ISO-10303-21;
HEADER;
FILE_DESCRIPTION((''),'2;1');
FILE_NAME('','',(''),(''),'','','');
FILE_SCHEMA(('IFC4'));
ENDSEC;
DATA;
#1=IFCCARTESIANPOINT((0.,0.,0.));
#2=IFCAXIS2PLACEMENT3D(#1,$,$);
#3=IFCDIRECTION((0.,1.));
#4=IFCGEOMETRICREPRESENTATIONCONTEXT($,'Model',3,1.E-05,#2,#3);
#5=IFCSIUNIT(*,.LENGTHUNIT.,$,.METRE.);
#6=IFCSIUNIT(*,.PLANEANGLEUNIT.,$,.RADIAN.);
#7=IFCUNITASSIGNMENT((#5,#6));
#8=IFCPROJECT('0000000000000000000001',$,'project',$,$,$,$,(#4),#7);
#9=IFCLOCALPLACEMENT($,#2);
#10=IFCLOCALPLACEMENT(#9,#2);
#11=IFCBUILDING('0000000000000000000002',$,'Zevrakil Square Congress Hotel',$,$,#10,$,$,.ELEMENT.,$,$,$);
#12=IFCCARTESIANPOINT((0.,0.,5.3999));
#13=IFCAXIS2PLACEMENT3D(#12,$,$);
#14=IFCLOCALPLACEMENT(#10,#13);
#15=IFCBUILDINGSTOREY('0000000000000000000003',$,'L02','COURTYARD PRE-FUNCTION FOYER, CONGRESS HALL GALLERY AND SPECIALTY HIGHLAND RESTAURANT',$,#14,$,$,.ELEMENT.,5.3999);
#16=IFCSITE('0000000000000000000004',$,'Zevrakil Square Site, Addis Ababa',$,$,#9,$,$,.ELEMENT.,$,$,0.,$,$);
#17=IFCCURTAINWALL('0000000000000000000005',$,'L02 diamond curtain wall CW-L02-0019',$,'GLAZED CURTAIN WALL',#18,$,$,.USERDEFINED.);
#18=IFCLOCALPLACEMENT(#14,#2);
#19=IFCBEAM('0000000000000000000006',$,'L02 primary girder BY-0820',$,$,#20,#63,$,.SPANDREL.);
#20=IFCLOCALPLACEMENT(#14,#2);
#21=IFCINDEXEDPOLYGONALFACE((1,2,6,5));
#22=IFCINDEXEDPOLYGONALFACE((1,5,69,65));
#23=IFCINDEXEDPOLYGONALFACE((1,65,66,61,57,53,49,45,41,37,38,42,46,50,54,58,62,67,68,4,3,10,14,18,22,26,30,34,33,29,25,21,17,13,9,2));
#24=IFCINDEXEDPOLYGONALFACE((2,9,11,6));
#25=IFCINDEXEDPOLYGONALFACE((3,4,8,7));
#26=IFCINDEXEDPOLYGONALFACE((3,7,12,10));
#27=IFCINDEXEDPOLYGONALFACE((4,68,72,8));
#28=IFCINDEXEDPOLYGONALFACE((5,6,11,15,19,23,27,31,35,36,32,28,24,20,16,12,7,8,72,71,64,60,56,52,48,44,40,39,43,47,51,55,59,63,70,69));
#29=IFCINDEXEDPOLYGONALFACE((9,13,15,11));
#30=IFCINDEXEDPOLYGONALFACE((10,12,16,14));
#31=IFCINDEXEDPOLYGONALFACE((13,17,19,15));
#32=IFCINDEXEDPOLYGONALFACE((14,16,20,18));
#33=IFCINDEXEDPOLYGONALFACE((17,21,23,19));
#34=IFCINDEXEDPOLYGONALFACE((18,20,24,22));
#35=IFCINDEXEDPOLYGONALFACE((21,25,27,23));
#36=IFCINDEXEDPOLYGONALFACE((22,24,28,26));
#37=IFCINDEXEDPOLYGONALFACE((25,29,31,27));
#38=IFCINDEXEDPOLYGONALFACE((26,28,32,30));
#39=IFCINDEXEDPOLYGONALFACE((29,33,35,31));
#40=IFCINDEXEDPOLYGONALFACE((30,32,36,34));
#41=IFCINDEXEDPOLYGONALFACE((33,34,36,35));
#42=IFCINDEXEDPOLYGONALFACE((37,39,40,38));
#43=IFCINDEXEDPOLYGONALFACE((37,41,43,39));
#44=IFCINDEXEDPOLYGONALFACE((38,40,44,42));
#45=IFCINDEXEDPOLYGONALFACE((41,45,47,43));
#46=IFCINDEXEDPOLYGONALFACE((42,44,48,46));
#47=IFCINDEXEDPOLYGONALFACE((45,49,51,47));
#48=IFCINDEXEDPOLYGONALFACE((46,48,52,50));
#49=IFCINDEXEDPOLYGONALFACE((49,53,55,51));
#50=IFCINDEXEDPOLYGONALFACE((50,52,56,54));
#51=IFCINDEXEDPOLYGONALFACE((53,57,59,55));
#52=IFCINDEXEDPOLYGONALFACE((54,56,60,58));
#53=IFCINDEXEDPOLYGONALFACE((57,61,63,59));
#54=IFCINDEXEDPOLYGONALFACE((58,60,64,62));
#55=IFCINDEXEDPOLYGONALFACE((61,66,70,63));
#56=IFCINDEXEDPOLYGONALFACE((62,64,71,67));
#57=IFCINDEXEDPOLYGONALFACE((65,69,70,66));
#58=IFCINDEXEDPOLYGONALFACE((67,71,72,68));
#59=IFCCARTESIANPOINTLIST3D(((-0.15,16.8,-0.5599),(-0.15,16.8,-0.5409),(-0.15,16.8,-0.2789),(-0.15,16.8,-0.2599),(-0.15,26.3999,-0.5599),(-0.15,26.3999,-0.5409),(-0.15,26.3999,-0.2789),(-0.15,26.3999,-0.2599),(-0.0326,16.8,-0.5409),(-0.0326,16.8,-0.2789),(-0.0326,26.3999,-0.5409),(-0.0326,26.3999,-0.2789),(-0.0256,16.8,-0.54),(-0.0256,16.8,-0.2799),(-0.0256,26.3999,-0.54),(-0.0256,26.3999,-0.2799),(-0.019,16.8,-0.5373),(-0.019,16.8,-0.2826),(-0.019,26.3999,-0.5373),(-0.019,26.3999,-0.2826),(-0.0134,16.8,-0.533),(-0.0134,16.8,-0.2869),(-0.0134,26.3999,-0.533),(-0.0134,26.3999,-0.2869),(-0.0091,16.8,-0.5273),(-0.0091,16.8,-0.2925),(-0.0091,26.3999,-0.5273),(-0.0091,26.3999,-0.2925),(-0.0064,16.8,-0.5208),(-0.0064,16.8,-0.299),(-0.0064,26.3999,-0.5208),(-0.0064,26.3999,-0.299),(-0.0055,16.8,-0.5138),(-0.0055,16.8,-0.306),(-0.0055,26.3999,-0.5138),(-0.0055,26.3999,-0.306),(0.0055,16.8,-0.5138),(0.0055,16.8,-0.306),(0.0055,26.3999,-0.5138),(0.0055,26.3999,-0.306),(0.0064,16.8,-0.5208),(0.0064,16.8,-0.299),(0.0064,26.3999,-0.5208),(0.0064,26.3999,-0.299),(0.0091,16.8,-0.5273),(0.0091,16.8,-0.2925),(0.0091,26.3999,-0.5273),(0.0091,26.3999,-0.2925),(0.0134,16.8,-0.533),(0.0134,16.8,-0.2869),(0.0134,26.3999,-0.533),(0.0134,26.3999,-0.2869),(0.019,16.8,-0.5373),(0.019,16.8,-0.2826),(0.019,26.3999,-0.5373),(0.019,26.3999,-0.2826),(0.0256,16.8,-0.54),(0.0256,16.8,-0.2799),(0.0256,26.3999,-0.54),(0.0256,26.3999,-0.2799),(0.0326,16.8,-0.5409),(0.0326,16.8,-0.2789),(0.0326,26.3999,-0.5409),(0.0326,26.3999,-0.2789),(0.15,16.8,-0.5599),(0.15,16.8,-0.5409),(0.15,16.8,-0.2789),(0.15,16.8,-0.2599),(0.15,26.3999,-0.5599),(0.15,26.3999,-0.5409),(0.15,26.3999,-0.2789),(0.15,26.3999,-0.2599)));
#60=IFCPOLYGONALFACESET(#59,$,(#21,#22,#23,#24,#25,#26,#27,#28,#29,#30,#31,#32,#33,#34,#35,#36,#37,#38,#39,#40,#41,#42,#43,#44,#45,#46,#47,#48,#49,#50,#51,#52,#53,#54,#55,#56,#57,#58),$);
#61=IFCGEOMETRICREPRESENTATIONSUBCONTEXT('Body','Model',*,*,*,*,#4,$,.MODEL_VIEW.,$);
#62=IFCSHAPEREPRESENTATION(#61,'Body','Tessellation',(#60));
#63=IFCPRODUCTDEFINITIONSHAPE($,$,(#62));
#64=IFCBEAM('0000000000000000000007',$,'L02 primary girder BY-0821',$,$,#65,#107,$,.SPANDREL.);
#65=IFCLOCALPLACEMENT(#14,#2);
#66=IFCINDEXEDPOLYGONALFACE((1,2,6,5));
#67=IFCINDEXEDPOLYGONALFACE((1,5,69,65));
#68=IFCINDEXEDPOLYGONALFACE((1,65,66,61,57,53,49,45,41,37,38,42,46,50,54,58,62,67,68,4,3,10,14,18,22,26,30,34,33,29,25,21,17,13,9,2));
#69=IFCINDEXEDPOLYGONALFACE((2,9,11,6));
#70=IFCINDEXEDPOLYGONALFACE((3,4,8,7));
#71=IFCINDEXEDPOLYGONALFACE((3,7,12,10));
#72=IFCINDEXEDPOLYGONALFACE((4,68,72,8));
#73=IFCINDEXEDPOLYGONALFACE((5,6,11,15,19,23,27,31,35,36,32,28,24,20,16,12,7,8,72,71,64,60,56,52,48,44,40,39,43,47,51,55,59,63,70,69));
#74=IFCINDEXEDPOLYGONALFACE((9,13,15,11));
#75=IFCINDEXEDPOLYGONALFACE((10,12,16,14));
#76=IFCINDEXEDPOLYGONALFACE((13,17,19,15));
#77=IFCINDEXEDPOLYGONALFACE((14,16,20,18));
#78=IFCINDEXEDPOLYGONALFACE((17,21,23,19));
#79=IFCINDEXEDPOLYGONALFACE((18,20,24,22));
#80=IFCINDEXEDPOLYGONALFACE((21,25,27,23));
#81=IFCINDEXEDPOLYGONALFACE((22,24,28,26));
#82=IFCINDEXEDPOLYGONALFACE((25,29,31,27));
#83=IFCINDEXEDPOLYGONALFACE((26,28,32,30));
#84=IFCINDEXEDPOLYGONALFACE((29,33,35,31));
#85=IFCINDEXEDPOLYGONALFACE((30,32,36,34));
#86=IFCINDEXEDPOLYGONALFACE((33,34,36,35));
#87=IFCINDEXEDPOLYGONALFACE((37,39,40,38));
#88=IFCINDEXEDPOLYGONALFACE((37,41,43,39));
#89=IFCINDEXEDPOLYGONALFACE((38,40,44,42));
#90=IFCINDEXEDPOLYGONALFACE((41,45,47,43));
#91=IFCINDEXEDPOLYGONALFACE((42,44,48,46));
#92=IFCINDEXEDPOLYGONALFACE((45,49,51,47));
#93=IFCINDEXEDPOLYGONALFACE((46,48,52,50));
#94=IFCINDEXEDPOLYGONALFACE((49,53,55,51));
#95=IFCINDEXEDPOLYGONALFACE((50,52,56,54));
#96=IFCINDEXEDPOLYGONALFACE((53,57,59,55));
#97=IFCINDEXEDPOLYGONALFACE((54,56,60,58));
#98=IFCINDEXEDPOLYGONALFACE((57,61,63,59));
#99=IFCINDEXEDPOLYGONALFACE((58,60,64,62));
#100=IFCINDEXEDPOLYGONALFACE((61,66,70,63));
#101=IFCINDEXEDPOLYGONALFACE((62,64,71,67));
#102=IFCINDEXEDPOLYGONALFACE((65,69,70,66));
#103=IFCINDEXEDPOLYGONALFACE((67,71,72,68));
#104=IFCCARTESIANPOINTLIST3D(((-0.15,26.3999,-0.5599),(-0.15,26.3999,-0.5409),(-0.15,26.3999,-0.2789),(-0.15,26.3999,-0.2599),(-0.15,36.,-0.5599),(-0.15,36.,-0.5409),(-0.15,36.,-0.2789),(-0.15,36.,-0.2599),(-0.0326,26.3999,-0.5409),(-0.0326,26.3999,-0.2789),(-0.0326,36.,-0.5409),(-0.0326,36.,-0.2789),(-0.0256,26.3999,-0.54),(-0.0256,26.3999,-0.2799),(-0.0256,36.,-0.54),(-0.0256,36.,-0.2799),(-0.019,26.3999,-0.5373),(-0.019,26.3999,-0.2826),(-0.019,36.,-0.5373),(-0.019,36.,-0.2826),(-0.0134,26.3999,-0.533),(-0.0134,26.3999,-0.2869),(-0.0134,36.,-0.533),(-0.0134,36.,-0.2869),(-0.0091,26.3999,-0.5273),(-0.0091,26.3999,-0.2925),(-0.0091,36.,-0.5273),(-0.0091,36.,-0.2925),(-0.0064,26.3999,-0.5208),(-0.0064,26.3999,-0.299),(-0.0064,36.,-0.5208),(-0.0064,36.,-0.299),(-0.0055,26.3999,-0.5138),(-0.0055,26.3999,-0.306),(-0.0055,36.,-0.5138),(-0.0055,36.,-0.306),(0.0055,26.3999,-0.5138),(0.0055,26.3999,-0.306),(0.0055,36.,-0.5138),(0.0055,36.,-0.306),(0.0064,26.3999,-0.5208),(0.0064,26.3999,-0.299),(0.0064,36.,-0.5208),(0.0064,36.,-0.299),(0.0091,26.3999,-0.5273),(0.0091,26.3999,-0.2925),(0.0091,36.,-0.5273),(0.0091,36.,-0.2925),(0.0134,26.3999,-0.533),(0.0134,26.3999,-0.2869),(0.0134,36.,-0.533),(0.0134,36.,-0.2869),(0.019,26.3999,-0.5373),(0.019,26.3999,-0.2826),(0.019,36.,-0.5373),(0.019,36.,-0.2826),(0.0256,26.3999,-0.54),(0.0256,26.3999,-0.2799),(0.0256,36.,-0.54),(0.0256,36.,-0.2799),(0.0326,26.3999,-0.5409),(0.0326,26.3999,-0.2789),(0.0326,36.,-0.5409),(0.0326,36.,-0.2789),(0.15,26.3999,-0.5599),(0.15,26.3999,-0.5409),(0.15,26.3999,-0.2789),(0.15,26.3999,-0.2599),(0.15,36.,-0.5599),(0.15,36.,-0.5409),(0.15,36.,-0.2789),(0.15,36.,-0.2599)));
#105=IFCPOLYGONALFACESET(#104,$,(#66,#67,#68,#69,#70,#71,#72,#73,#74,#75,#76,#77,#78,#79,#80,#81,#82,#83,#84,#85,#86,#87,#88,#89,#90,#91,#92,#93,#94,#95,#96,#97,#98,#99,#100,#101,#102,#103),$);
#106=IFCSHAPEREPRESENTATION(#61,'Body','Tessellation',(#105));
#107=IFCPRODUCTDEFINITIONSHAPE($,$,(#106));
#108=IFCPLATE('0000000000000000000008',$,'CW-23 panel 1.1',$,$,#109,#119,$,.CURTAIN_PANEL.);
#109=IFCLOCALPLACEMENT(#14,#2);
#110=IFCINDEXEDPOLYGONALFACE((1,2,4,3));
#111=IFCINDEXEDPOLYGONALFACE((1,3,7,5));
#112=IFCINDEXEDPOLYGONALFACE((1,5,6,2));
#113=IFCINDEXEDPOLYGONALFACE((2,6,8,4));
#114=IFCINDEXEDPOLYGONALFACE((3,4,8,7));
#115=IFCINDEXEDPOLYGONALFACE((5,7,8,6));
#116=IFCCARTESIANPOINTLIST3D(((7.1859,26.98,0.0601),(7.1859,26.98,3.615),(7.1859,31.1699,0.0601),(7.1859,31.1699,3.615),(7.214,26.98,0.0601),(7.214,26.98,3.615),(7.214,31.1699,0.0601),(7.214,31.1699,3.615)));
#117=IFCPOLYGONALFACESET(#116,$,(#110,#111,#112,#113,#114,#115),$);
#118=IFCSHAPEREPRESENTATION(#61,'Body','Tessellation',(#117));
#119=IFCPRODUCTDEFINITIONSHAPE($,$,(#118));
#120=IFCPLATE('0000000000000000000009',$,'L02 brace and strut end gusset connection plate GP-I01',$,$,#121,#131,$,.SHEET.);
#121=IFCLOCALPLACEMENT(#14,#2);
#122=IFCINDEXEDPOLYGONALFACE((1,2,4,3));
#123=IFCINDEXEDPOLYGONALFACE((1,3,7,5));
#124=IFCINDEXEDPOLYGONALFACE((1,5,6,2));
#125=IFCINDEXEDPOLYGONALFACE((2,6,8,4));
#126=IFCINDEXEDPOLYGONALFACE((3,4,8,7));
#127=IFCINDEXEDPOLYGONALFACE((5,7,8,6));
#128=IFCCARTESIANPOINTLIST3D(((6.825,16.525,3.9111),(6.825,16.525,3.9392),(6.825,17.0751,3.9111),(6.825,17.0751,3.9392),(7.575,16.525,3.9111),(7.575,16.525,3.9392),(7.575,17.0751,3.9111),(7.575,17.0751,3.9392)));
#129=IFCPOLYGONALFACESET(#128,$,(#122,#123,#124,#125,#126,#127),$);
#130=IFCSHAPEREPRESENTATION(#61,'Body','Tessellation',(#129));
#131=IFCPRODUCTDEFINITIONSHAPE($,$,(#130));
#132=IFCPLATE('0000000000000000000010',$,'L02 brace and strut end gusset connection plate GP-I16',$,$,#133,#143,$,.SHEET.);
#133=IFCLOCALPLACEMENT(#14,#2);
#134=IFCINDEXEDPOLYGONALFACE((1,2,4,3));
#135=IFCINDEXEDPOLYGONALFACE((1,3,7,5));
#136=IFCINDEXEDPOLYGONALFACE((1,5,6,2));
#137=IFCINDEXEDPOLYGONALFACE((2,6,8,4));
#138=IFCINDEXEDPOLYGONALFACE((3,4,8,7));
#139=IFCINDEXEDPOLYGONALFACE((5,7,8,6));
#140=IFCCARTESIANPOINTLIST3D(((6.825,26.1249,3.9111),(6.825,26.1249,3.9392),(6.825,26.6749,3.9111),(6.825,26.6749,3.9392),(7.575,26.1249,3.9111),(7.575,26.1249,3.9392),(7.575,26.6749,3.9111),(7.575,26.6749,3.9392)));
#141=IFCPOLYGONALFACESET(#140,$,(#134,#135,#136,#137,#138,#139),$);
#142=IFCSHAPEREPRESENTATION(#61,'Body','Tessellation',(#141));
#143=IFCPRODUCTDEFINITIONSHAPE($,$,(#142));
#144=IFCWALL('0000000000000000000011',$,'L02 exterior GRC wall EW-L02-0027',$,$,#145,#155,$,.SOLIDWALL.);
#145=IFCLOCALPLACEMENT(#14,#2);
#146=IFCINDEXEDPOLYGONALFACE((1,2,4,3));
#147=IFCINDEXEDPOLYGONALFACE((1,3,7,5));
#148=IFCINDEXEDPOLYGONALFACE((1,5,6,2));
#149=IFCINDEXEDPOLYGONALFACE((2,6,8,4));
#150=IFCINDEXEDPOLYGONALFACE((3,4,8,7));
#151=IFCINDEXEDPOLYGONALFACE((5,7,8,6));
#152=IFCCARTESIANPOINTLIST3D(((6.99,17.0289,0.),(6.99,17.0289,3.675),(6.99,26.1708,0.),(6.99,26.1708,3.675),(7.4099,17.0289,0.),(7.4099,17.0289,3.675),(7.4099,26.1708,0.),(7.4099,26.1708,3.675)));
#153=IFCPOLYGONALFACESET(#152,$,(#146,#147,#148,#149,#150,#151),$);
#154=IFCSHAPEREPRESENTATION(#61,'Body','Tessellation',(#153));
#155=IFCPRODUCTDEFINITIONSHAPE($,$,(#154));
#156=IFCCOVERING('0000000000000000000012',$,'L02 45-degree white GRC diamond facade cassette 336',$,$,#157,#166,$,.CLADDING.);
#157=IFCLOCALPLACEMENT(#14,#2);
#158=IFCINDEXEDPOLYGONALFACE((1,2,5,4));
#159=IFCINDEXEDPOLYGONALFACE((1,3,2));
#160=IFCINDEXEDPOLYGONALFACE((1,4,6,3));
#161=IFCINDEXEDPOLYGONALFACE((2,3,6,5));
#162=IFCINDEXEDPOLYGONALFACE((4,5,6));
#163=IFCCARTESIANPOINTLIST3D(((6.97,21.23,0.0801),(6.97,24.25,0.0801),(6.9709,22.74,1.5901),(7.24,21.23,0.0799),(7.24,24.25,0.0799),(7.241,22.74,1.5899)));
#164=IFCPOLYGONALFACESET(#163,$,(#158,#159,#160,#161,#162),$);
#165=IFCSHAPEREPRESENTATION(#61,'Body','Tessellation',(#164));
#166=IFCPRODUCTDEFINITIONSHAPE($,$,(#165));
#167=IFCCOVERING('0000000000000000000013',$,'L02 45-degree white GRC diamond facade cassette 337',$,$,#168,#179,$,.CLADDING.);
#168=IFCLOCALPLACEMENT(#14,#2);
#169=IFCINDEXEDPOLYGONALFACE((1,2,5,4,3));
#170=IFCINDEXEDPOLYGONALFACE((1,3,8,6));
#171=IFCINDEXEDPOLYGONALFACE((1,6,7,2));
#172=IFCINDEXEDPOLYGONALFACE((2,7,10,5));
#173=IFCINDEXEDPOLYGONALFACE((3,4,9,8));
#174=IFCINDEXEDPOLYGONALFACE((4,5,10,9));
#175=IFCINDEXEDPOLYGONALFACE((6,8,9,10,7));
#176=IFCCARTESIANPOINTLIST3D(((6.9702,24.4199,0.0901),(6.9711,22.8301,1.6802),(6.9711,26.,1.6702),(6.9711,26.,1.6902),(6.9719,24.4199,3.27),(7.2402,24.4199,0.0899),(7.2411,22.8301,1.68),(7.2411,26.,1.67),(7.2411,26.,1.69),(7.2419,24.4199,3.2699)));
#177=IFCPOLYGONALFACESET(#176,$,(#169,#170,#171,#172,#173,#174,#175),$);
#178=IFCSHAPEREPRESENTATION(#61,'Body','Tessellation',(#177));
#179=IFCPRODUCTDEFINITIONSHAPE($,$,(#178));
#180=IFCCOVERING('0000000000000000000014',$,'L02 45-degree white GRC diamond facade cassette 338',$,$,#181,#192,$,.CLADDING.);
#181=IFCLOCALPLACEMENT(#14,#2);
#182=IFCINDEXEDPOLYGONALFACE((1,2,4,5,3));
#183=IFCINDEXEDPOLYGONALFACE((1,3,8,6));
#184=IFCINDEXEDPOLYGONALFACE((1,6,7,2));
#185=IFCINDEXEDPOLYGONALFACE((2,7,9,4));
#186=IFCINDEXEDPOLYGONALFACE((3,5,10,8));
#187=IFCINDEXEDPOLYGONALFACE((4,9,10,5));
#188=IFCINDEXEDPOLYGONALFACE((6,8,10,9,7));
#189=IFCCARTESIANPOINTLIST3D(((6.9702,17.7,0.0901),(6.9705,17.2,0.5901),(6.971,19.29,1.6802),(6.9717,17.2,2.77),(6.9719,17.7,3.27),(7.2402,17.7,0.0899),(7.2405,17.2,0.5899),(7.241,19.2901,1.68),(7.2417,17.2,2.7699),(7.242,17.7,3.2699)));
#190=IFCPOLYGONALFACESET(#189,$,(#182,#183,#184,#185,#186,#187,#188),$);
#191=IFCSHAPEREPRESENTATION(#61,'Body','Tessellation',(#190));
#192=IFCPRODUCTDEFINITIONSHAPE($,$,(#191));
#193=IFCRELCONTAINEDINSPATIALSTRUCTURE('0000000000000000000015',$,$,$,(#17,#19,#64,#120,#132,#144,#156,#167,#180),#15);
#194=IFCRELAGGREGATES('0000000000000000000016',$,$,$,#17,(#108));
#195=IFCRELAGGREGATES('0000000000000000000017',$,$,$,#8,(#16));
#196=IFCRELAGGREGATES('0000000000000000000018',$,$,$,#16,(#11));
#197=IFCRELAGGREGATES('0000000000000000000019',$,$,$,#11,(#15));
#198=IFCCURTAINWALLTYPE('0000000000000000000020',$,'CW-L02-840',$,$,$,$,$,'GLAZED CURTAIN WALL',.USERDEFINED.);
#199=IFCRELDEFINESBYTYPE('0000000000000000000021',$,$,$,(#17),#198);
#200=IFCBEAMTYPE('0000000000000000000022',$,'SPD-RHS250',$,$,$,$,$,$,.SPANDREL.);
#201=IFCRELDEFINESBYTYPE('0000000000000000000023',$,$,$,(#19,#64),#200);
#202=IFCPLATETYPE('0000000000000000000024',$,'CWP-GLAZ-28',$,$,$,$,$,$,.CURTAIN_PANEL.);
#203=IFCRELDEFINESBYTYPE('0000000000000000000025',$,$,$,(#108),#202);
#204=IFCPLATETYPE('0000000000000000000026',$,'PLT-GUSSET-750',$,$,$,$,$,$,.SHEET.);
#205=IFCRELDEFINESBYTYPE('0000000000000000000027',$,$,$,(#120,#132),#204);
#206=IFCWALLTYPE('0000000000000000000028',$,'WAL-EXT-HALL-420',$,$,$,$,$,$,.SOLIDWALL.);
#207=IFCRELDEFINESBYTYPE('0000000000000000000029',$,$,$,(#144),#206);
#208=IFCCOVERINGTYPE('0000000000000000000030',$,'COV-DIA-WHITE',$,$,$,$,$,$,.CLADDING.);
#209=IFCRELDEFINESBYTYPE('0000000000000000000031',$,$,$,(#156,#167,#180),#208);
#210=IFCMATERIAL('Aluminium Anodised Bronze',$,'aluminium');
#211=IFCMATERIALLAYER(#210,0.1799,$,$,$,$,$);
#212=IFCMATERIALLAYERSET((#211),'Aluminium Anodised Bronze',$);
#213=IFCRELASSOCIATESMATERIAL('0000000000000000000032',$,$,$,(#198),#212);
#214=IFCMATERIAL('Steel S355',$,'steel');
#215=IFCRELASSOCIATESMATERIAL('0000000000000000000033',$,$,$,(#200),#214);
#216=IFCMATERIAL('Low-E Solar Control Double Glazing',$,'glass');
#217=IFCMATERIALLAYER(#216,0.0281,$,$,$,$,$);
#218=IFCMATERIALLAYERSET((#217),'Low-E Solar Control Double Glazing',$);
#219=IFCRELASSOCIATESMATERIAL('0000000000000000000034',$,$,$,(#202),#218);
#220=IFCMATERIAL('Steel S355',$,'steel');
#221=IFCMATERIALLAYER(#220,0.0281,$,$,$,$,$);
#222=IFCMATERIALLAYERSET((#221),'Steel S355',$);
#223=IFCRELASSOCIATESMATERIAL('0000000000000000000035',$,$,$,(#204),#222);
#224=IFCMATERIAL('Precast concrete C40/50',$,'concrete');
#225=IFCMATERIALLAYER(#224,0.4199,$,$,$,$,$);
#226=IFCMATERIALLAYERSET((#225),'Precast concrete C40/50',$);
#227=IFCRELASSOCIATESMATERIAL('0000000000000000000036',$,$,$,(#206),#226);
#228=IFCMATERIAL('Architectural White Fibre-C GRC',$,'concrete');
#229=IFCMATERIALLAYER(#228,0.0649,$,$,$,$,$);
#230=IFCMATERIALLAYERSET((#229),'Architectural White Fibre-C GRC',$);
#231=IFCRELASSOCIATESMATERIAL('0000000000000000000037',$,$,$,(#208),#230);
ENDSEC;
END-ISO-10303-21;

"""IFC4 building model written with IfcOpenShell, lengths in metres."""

from ifc_helpers import new_model, si_unit, direction, frame, frame_2d, origin, origin_2d, place, context, subcontext, project, spatial, polyline, rectangle, i_section, outline, extrude, material, layer, layer_set, material_profile, profile_set, type_object, element, aggregate, save


model = new_model("IFC4")

# Units and contexts
model_context = context("Model", 3, precision=1e-05, world=origin(), true_north=direction((0.0, 1.0)))
body_context = subcontext(model_context, "Body", "Model", "MODEL_VIEW")
ifc_project = project(units=[si_unit("LENGTHUNIT", "METRE"), si_unit("PLANEANGLEUNIT", "RADIAN")], contexts=[model_context])

# Site, building, storey
site_placement = place(None, origin())
site = spatial("IfcSite", under=ifc_project, at=site_placement, Name="Zevrakil Square Site, Addis Ababa", CompositionType="ELEMENT", RefElevation=0.0)
building_placement = place(site_placement, origin())
building = spatial("IfcBuilding", under=site, at=building_placement, Name="Zevrakil Square Congress Hotel", CompositionType="ELEMENT")
storey_placement = place(building_placement, frame((0.0, 0.0, 5.3999)))
storey = spatial("IfcBuildingStorey", under=building, at=storey_placement, Name="L02", Description="COURTYARD PRE-FUNCTION FOYER, CONGRESS HALL GALLERY AND SPECIALTY HIGHLAND RESTAURANT", CompositionType="ELEMENT", Elevation=5.3999)

# Curtain wall
ifc_material_1 = material(Name="Aluminium Anodised Bronze", Category="aluminium")
ifc_layer_1 = layer(ifc_material_1, 0.1799)
ifc_layer_set_1 = layer_set([ifc_layer_1], Name="Aluminium Anodised Bronze")
curtain_wall_type = type_object("IfcCurtainWallType", Name="CW-L02-840", ElementType="GLAZED CURTAIN WALL", PredefinedType="USERDEFINED", material=ifc_layer_set_1)
curtain_wall_1_placement = place(storey_placement, origin())
curtain_wall_1 = element("IfcCurtainWall", 1, at=curtain_wall_1_placement, inside=storey, type_object=curtain_wall_type, Name="L02 diamond curtain wall CW-L02-0019", ObjectType="GLAZED CURTAIN WALL", PredefinedType="USERDEFINED")

# Beams
ifc_material_2 = material(Name="Steel S355", Category="steel")
ifc_material_profile_1 = material_profile(ifc_material_2, i_section(OverallWidth=0.3, OverallDepth=0.3, WebThickness=0.011, FlangeThickness=0.019, FilletRadius=0.0271, at=origin_2d()), Name="HEB 300")
ifc_profile_set_1 = profile_set([ifc_material_profile_1], Name="Steel S355")
beam_type_1 = type_object("IfcBeamType", Name="SPD-RHS250", PredefinedType="SPANDREL", material=ifc_profile_set_1)
beam_1_placement = place(storey_placement, frame((0.0, 16.8, -0.4099), z_axis=(0.0, 1.0, 0.0), x_axis=(-1.0, 0.0, 0.0)))
element("IfcBeam", 2, at=beam_1_placement, inside=storey, type_object=beam_type_1, Name="L02 primary girder BY-0820", PredefinedType="SPANDREL", context=body_context, shape_type="SweptSolid", body=[
    extrude(i_section(OverallWidth=0.3, OverallDepth=0.3, WebThickness=0.011, FlangeThickness=0.019, FilletRadius=0.0271, at=origin_2d()), origin(), (0.0, 0.0, 1.0), 9.5999),
])
beam_2_placement = place(storey_placement, frame((0.0, 26.3999, -0.4099), z_axis=(0.0, 1.0, 0.0), x_axis=(-1.0, 0.0, 0.0)))
element("IfcBeam", 3, at=beam_2_placement, inside=storey, type_object=beam_type_1, Name="L02 primary girder BY-0821", PredefinedType="SPANDREL", context=body_context, shape_type="SweptSolid", body=[
    extrude(i_section(OverallWidth=0.3, OverallDepth=0.3, WebThickness=0.011, FlangeThickness=0.019, FilletRadius=0.0271, at=origin_2d()), origin(), (0.0, 0.0, 1.0), 9.6001),
])

# Plate
ifc_material_3 = material(Name="Low-E Solar Control Double Glazing", Category="glass")
ifc_layer_2 = layer(ifc_material_3, 0.0281)
ifc_layer_set_2 = layer_set([ifc_layer_2], Name="Low-E Solar Control Double Glazing")
plate_type_1 = type_object("IfcPlateType", Name="CWP-GLAZ-28", PredefinedType="CURTAIN_PANEL", material=ifc_layer_set_2)
plate_placement = place(storey_placement, frame((7.2, 29.075, 0.0601), z_axis=(0.0, 0.0, 1.0), x_axis=(0.0, 1.0, 0.0)))
plate = element("IfcPlate", 4, at=plate_placement, type_object=plate_type_1, Name="CW-23 panel 1.1", PredefinedType="CURTAIN_PANEL", context=body_context, shape_type="SweptSolid", body=[
    extrude(rectangle(XDim=4.1899, YDim=0.0281, at=origin_2d()), origin(), (0.0, 0.0, 1.0), 3.5549),
])
aggregate(curtain_wall_1, [plate])

# Plates
ifc_material_4 = material(Name="Steel S355", Category="steel")
ifc_layer_3 = layer(ifc_material_4, 0.0281)
ifc_layer_set_3 = layer_set([ifc_layer_3], Name="Steel S355")
plate_type_2 = type_object("IfcPlateType", Name="PLT-GUSSET-750", PredefinedType="SHEET", material=ifc_layer_set_3)
for number, where, z_axis, x_axis, name in (
    (5, (7.2, 16.8, 3.9111), (0.0, 0.0, 1.0), (1.0, 0.0, 0.0), "L02 brace and strut end gusset connection plate GP-I01"),
    (6, (7.2, 26.3999, 3.9111), (0.0, 0.0, 1.0), (1.0, 0.0, 0.0), "L02 brace and strut end gusset connection plate GP-I16"),
):
    element("IfcPlate", number, at=place(storey_placement, frame(where, z_axis=z_axis, x_axis=x_axis)), inside=storey, type_object=plate_type_2, Name=name, PredefinedType="SHEET", context=body_context, shape_type="SweptSolid", body=[
        extrude(rectangle(XDim=0.75, YDim=0.55, at=origin_2d()), origin(), (0.0, 0.0, 1.0), 0.0281),
    ])

# Wall
ifc_material_5 = material(Name="Precast concrete C40/50", Category="concrete")
ifc_layer_4 = layer(ifc_material_5, 0.4199)
ifc_layer_set_4 = layer_set([ifc_layer_4], Name="Precast concrete C40/50")
wall_type = type_object("IfcWallType", Name="WAL-EXT-HALL-420", PredefinedType="SOLIDWALL", material=ifc_layer_set_4)
wall_placement = place(storey_placement, frame((7.2, 17.0291, 0.0), z_axis=(0.0, 0.0, 1.0), x_axis=(0.0, 1.0, 0.0)))
element("IfcWall", 7, at=wall_placement, inside=storey, type_object=wall_type, Name="L02 exterior GRC wall EW-L02-0027", PredefinedType="SOLIDWALL", context=body_context, shape_type="SweptSolid", body=[
    extrude(rectangle(XDim=9.1418, YDim=0.4199, at=frame_2d((4.5708, 0.0))), origin(), (0.0, 0.0, 1.0), 3.675),
])

# Coverings
ifc_material_6 = material(Name="Architectural White Fibre-C GRC", Category="concrete")
ifc_layer_5 = layer(ifc_material_6, 0.0649)
ifc_layer_set_5 = layer_set([ifc_layer_5], Name="Architectural White Fibre-C GRC")
covering_type_1 = type_object("IfcCoveringType", Name="COV-DIA-WHITE", PredefinedType="CLADDING", material=ifc_layer_set_5)
covering_1_placement = place(storey_placement, frame((6.9709, 22.74, 1.5901), z_axis=(-1.0, 0.0, 0.000647), x_axis=(-0.000457, -0.707107, -0.707107)))
element("IfcCovering", 8, at=covering_1_placement, inside=storey, type_object=covering_type_1, Name="L02 45-degree white GRC diamond facade cassette 336", PredefinedType="CLADDING", context=body_context, shape_type="SweptSolid", body=[
    extrude(outline(polyline([(0.0, 0.0), (2.1355, 0.0), (0.0, -2.1355), (0.0, 0.0)])), origin(), (0.0, 0.0, -1.0), 0.27),
])
covering_2_placement = place(storey_placement, frame((6.9719, 24.4199, 3.27), z_axis=(-1.0, 0.0, 0.000536), x_axis=(-0.000379, -0.707107, -0.707107)))
element("IfcCovering", 9, at=covering_2_placement, inside=storey, type_object=covering_type_1, Name="L02 45-degree white GRC diamond facade cassette 337", PredefinedType="CLADDING", context=body_context, shape_type="SweptSolid", body=[
    extrude(outline(polyline([(0.0, 0.0), (2.2484, 0.0), (2.2486, -2.2486), (0.014, -2.2486), (-0.0002, -2.2344), (0.0, 0.0)])), origin(), (0.0, 0.0, -1.0), 0.27),
])
covering_3_placement = place(storey_placement, frame((6.9702, 17.7, 0.0901), z_axis=(-1.0, -0.00005, 0.000541), x_axis=(0.000347, 0.707107, 0.707107)))
element("IfcCovering", 10, at=covering_3_placement, inside=storey, type_object=covering_type_1, Name="L02 45-degree white GRC diamond facade cassette 338", PredefinedType="CLADDING", context=body_context, shape_type="SweptSolid", body=[
    extrude(outline(polyline([(0.0, 0.0), (2.2487, 0.0), (2.2486, -2.2486), (1.5414, -2.2486), (0.0, -0.7071), (0.0, 0.0)])), origin(), (0.0, 0.0, -1.0), 0.27),
])

save(model, "model.ifc")
